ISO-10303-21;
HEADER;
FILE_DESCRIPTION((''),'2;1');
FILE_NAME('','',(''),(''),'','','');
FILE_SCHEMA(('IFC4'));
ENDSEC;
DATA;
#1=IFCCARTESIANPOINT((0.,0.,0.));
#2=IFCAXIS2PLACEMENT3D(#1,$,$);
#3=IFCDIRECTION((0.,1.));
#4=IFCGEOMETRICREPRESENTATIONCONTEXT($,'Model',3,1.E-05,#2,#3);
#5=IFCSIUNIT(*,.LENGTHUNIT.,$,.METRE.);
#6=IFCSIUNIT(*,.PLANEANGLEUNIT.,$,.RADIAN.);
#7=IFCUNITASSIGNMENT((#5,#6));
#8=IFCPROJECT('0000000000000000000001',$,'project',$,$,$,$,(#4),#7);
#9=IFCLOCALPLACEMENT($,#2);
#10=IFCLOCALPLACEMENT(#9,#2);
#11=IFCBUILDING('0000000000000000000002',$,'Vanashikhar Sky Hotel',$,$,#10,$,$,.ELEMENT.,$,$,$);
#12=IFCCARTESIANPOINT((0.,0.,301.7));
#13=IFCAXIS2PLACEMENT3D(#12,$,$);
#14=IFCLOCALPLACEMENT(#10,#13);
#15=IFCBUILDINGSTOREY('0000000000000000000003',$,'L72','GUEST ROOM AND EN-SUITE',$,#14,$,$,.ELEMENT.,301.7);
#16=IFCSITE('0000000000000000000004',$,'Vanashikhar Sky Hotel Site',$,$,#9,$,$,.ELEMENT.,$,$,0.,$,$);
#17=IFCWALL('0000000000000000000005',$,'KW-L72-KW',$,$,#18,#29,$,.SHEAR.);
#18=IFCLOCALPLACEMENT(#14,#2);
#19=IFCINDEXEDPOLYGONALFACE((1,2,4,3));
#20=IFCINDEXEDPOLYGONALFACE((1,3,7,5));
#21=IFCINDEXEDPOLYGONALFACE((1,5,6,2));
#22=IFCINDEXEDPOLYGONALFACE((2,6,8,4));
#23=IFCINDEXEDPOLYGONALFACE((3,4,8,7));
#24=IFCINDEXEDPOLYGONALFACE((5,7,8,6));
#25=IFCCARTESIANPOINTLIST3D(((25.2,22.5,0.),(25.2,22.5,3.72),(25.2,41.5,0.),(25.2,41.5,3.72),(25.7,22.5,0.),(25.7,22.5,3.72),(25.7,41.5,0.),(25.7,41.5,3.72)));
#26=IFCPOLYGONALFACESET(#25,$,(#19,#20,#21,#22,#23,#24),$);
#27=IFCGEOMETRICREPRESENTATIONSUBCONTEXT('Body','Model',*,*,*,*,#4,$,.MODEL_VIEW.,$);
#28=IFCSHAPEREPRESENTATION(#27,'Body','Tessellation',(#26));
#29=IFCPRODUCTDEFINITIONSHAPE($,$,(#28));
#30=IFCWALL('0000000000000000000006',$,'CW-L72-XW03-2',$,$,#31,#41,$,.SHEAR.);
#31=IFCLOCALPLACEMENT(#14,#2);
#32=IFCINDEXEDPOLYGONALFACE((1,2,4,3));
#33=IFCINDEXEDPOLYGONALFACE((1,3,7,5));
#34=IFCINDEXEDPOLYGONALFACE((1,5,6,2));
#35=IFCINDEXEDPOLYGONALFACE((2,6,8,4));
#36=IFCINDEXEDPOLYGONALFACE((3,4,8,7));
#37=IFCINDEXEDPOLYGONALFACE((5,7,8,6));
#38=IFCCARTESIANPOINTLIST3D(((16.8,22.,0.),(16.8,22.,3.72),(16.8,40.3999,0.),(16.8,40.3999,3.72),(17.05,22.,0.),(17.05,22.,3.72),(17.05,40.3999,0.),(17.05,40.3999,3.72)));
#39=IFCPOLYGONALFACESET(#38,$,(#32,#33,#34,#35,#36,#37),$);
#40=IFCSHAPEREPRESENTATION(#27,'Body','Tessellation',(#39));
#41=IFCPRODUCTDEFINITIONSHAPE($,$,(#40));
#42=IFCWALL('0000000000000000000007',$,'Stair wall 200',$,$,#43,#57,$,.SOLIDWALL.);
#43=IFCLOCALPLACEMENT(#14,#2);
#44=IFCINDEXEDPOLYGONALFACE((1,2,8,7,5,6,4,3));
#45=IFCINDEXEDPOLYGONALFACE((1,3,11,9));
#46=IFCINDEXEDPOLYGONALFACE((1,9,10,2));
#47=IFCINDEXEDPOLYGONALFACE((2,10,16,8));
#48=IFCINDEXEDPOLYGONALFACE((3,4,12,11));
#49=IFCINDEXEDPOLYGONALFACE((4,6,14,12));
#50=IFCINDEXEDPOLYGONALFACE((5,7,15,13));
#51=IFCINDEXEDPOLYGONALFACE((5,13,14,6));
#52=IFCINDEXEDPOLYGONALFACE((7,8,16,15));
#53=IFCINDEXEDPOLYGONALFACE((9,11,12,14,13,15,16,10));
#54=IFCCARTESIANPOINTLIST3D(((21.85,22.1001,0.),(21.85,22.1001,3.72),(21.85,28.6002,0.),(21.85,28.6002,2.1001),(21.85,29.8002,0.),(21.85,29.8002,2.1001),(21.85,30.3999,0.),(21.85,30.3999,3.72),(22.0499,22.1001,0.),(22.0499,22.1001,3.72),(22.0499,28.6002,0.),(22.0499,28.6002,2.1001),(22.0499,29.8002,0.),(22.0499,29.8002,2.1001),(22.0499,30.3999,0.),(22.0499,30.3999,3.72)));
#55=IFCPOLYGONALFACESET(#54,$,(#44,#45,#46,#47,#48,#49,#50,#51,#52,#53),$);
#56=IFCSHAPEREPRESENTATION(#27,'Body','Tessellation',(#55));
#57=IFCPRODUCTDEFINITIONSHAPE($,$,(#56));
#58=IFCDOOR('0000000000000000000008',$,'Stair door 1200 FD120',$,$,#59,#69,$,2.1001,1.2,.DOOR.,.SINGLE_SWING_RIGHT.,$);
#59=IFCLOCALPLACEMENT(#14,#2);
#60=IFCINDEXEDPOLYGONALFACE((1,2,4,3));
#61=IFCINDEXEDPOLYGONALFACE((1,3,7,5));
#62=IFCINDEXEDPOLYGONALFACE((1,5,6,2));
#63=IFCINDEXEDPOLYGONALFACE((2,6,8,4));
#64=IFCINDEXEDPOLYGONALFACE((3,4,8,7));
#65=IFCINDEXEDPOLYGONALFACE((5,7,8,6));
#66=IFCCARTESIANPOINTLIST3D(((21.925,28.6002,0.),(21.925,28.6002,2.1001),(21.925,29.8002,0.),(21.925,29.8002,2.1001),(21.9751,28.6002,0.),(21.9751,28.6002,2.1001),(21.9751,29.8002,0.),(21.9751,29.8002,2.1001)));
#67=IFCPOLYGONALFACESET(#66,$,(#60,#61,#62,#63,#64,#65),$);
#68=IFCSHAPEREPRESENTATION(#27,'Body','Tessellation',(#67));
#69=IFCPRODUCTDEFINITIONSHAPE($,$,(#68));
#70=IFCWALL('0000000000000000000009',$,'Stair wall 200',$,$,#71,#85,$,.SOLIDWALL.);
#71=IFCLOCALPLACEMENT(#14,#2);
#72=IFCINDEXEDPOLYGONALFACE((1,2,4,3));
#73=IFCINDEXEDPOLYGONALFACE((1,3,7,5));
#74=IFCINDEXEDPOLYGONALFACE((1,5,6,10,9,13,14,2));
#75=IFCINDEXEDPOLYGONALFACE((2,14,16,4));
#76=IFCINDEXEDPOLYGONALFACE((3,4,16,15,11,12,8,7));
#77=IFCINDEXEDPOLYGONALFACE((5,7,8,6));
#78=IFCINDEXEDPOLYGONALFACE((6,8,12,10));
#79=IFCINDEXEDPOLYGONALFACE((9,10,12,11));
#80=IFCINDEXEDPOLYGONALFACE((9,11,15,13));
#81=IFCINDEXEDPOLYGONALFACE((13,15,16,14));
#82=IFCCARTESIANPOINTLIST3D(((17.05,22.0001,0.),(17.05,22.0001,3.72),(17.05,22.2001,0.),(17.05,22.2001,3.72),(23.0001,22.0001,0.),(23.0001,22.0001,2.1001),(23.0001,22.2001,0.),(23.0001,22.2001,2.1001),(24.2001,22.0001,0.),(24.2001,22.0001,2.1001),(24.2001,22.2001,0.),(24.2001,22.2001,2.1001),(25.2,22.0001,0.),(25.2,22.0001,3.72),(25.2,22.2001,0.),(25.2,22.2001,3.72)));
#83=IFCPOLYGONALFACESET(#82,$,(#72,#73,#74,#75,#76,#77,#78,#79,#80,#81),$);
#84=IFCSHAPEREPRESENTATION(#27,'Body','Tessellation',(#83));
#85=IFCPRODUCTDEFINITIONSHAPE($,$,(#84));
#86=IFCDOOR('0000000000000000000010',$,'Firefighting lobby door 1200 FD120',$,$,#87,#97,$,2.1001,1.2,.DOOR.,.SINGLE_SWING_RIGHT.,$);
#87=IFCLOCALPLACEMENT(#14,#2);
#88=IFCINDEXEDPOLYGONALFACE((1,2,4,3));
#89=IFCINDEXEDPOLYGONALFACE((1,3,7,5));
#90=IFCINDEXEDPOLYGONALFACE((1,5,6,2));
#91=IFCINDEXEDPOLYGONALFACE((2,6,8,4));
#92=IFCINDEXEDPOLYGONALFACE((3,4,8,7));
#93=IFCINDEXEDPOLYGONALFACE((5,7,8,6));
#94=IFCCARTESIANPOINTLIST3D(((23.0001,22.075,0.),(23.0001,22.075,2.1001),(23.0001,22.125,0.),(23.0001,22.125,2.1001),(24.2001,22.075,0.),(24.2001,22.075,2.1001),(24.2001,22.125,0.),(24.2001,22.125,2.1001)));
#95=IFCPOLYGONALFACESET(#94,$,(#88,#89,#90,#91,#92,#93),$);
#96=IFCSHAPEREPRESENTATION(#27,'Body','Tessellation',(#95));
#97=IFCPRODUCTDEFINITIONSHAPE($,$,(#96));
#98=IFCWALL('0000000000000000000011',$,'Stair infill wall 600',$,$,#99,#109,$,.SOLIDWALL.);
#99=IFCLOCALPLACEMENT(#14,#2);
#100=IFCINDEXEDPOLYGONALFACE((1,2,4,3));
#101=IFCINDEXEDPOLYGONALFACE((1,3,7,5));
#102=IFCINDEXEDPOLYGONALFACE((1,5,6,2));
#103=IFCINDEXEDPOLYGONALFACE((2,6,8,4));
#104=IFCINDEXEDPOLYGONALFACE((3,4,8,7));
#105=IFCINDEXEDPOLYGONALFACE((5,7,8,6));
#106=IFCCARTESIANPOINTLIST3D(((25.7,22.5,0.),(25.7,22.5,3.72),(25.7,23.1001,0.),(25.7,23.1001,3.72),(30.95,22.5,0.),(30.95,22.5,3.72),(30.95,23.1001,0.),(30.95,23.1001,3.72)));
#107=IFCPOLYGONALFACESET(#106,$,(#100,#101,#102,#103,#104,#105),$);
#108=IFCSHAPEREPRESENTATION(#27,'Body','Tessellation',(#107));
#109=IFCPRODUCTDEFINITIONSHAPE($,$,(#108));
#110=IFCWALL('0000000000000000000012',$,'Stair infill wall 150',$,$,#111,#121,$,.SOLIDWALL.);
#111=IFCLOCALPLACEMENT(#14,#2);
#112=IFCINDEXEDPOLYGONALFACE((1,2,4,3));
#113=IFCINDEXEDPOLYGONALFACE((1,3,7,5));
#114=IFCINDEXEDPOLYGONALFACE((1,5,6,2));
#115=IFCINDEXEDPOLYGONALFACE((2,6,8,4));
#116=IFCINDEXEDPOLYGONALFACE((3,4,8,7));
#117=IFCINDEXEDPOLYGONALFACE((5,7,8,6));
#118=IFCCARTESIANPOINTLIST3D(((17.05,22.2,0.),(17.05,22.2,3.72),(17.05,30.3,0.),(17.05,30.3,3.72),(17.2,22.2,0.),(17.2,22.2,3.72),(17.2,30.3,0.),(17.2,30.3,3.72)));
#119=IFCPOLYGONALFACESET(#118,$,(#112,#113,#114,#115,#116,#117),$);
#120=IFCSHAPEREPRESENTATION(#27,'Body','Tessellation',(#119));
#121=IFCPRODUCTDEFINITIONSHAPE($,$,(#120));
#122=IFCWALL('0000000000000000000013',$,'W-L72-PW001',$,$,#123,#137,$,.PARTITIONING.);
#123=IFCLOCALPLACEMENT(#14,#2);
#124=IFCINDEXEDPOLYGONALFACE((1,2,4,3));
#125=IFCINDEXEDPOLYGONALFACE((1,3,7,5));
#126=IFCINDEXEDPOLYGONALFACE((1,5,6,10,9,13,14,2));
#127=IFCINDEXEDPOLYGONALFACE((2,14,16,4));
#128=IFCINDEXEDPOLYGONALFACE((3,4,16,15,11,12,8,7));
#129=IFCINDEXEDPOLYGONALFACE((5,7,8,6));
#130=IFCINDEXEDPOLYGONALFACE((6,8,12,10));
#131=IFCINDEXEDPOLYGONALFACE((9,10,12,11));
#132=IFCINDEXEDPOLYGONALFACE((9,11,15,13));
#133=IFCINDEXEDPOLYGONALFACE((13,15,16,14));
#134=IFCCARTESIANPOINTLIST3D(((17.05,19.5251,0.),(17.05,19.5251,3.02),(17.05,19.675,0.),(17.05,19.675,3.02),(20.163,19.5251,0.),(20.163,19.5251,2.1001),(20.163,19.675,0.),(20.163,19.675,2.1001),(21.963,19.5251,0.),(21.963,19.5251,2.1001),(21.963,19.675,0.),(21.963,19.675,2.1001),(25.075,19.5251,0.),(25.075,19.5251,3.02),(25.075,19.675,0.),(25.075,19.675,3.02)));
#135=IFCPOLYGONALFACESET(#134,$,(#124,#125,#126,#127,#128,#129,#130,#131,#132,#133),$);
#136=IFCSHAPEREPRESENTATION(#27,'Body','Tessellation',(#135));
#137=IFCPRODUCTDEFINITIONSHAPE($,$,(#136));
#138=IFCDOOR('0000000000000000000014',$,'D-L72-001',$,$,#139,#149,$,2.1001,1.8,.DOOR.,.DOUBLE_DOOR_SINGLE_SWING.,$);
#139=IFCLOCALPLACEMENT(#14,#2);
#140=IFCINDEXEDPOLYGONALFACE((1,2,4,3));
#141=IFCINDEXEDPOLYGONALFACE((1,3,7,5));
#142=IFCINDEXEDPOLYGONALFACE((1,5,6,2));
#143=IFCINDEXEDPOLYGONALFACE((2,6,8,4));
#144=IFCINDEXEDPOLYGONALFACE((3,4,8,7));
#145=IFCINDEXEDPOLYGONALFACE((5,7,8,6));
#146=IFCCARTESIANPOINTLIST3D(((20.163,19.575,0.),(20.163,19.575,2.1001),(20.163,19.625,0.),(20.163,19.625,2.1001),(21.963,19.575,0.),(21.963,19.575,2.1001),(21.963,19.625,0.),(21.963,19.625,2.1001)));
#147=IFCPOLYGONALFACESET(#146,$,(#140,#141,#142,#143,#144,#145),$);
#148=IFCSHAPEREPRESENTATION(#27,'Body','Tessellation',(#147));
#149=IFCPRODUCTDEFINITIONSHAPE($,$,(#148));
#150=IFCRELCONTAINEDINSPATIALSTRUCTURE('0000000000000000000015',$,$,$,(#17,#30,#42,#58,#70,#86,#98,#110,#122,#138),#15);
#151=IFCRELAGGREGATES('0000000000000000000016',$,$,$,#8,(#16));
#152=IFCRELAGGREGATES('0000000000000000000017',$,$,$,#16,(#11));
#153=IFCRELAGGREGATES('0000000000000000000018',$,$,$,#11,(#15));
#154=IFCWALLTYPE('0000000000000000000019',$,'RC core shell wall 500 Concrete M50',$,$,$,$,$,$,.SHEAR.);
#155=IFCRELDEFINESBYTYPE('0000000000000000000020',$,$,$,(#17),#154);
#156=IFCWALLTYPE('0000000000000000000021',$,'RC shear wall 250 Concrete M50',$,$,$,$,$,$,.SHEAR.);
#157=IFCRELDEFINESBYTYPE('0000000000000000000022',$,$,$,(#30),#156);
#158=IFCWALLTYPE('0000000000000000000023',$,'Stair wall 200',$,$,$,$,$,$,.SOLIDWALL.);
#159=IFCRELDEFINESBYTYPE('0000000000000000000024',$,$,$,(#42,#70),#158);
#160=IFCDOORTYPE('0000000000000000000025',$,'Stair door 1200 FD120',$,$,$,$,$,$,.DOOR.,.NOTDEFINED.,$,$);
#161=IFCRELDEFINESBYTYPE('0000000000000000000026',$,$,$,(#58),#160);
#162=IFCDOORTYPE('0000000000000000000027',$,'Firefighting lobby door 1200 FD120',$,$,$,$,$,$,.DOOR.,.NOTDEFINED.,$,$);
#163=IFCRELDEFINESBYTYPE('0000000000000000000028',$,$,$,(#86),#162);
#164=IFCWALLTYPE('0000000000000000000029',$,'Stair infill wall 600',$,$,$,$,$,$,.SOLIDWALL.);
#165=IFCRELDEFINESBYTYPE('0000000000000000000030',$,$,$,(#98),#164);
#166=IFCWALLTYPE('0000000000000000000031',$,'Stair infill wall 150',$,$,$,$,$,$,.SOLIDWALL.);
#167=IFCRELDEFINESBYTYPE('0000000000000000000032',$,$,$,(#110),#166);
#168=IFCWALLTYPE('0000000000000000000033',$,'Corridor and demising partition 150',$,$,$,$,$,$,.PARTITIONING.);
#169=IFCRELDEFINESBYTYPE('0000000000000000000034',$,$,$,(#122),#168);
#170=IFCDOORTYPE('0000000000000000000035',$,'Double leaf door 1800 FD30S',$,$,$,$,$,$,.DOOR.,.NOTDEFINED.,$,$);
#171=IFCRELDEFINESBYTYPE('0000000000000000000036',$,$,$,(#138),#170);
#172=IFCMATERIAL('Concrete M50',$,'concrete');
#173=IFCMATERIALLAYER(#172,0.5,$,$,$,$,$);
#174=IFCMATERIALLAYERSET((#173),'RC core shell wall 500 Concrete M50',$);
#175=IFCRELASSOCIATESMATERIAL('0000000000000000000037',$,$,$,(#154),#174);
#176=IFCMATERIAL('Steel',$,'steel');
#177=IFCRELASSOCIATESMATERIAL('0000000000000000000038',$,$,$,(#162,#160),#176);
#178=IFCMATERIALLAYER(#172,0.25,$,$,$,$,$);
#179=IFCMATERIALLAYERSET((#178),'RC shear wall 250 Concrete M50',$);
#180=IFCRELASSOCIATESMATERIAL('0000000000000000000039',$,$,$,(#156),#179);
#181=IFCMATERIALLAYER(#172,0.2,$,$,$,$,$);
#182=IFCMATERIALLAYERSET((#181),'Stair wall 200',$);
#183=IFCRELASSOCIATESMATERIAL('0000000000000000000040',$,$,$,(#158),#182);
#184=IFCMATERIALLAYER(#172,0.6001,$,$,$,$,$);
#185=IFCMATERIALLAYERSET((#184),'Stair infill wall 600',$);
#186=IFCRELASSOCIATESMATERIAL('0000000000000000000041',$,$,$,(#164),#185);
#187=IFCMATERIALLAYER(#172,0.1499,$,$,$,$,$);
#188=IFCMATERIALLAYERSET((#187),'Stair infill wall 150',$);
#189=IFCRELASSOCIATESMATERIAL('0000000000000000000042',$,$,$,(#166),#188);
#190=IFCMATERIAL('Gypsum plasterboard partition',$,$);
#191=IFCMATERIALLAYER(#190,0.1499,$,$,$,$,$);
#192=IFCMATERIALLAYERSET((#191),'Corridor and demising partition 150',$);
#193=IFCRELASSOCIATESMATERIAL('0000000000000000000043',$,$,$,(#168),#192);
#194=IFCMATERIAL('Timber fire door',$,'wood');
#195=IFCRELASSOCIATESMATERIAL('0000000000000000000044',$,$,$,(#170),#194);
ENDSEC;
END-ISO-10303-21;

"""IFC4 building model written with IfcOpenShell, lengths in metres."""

from ifc_helpers import new_model, si_unit, direction, frame, frame_2d, origin, place, context, subcontext, project, spatial, rectangle, extrude, source, transform, mapped, material, layer, layer_set, type_object, element, fill, save


model = new_model("IFC4")

# Units and contexts
model_context = context("Model", 3, precision=1e-05, world=origin(), true_north=direction((0.0, 1.0)))
body_context = subcontext(model_context, "Body", "Model", "MODEL_VIEW")
ifc_project = project(units=[si_unit("LENGTHUNIT", "METRE"), si_unit("PLANEANGLEUNIT", "RADIAN")], contexts=[model_context])

# Site, building, storey
site_placement = place(None, origin())
site = spatial("IfcSite", under=ifc_project, at=site_placement, Name="Vanashikhar Sky Hotel Site", CompositionType="ELEMENT", RefElevation=0.0)
building_placement = place(site_placement, origin())
building = spatial("IfcBuilding", under=site, at=building_placement, Name="Vanashikhar Sky Hotel", CompositionType="ELEMENT")
storey_placement = place(building_placement, frame((0.0, 0.0, 301.7)))
storey = spatial("IfcBuildingStorey", under=building, at=storey_placement, Name="L72", Description="GUEST ROOM AND EN-SUITE", CompositionType="ELEMENT", Elevation=301.7)

# Shared definitions
ifc_material_1 = material(Name="Concrete M50", Category="concrete")

# Shared definitions
ifc_layer_1 = layer(ifc_material_1, 0.5)
ifc_layer_set_1 = layer_set([ifc_layer_1], Name="RC core shell wall 500 Concrete M50")
wall_type_1 = type_object("IfcWallType", Name="RC core shell wall 500 Concrete M50", PredefinedType="SHEAR", material=ifc_layer_set_1)
ifc_material_2 = material(Name="Steel", Category="steel")
door_type_1 = type_object("IfcDoorType", Name="Firefighting lobby door 1200 FD120", OperationType="NOTDEFINED", PredefinedType="DOOR", material=ifc_material_2)

# Walls
shared_shape_1 = source(origin(), body_context, "Body", "SweptSolid", [
    extrude(rectangle(XDim=19.0, YDim=0.5, at=frame_2d((9.5, 0.0))), origin(), (0.0, 0.0, 1.0), 3.72),
])
wall_1_placement = place(storey_placement, frame((25.45, 22.5, 0.0), z_axis=(0.0, 0.0, 1.0), x_axis=(0.0, 1.0, 0.0)))
element("IfcWall", 1, at=wall_1_placement, inside=storey, type_object=wall_type_1, Name="KW-L72-KW", PredefinedType="SHEAR", context=body_context, shape_type="MappedRepresentation", body=[
    mapped(shared_shape_1, transform((0.0, 0.0, 0.0), scale=1.0)),
])
ifc_layer_2 = layer(ifc_material_1, 0.25)
ifc_layer_set_2 = layer_set([ifc_layer_2], Name="RC shear wall 250 Concrete M50")
wall_type_2 = type_object("IfcWallType", Name="RC shear wall 250 Concrete M50", PredefinedType="SHEAR", material=ifc_layer_set_2)
shared_shape_2 = source(origin(), body_context, "Body", "SweptSolid", [
    extrude(rectangle(XDim=18.3999, YDim=0.25, at=frame_2d((9.2, 0.0))), origin(), (0.0, 0.0, 1.0), 3.72),
])
wall_2_placement = place(storey_placement, frame((16.925, 22.0, 0.0), z_axis=(0.0, 0.0, 1.0), x_axis=(0.0, 1.0, 0.0)))
element("IfcWall", 2, at=wall_2_placement, inside=storey, type_object=wall_type_2, Name="CW-L72-XW03-2", PredefinedType="SHEAR", context=body_context, shape_type="MappedRepresentation", body=[
    mapped(shared_shape_2, transform((0.0, 0.0, 0.0), scale=1.0)),
])

# Walls, openings, doors
ifc_layer_3 = layer(ifc_material_1, 0.2)
ifc_layer_set_3 = layer_set([ifc_layer_3], Name="Stair wall 200")
wall_type_3 = type_object("IfcWallType", Name="Stair wall 200", PredefinedType="SOLIDWALL", material=ifc_layer_set_3)
shared_shape_3 = source(origin(), body_context, "Body", "SweptSolid", [
    extrude(rectangle(XDim=8.2998, YDim=0.2, at=frame_2d((4.1499, 0.0))), origin(), (0.0, 0.0, 1.0), 3.72),
])
wall_3_placement = place(storey_placement, frame((21.95, 22.1001, 0.0), z_axis=(0.0, 0.0, 1.0), x_axis=(0.0, 1.0, 0.0)))
wall_3 = element("IfcWall", 3, at=wall_3_placement, inside=storey, type_object=wall_type_3, Name="Stair wall 200", PredefinedType="SOLIDWALL", context=body_context, shape_type="MappedRepresentation", body=[
    mapped(shared_shape_3, transform((0.0, 0.0, 0.0), scale=1.0)),
])
shared_shape_4 = source(origin(), body_context, "Body", "SweptSolid", [
    extrude(rectangle(XDim=1.2, YDim=2.1001, at=frame_2d((0.6001, 1.05))), frame((0.0, 0.1099, 0.0), z_axis=(0.0, -1.0, 0.0), x_axis=(1.0, 0.0, 0.0)), (0.0, 0.0, 1.0), 0.22),
])
opening_1_placement = place(wall_3_placement, frame((6.5, 0.0, 0.0)))
opening_1 = element("IfcOpeningElement", 4, at=opening_1_placement, cuts=wall_3, PredefinedType="OPENING", context=body_context, shape_type="MappedRepresentation", body=[
    mapped(shared_shape_4, transform((0.0, 0.0, 0.0), scale=1.0)),
])
door_type_2 = type_object("IfcDoorType", Name="Stair door 1200 FD120", OperationType="NOTDEFINED", PredefinedType="DOOR", material=ifc_material_2)
shared_shape_5 = source(origin(), body_context, "Body", "SweptSolid", [
    extrude(rectangle(XDim=1.2, YDim=2.1001, at=frame_2d((0.6001, 1.05))), frame((0.0, 0.0249, 0.0), z_axis=(0.0, -1.0, 0.0), x_axis=(1.0, 0.0, 0.0)), (0.0, 0.0, 1.0), 0.05),
])
door_1_placement = place(opening_1_placement, origin())
door_1 = element("IfcDoor", 5, at=door_1_placement, inside=storey, type_object=door_type_2, Name="Stair door 1200 FD120", OperationType="SINGLE_SWING_RIGHT", OverallHeight=2.1001, OverallWidth=1.2, PredefinedType="DOOR", context=body_context, shape_type="MappedRepresentation", body=[
    mapped(shared_shape_5, transform((0.0, 0.0, 0.0), scale=1.0)),
])
fill(opening_1, door_1)
shared_shape_6 = source(origin(), body_context, "Body", "SweptSolid", [
    extrude(rectangle(XDim=8.1499, YDim=0.2, at=frame_2d((4.075, 0.0))), origin(), (0.0, 0.0, 1.0), 3.72),
])
wall_4_placement = place(storey_placement, frame((17.05, 22.1001, 0.0), z_axis=(0.0, 0.0, 1.0), x_axis=(1.0, 0.0, 0.0)))
wall_4 = element("IfcWall", 6, at=wall_4_placement, inside=storey, type_object=wall_type_3, Name="Stair wall 200", PredefinedType="SOLIDWALL", context=body_context, shape_type="MappedRepresentation", body=[
    mapped(shared_shape_6, transform((0.0, 0.0, 0.0), scale=1.0)),
])
opening_2_placement = place(wall_4_placement, frame((5.95, 0.0, 0.0)))
opening_2 = element("IfcOpeningElement", 7, at=opening_2_placement, cuts=wall_4, PredefinedType="OPENING", context=body_context, shape_type="MappedRepresentation", body=[
    mapped(shared_shape_4, transform((0.0, 0.0, 0.0), scale=1.0)),
])
door_2_placement = place(opening_2_placement, origin())
door_2 = element("IfcDoor", 8, at=door_2_placement, inside=storey, type_object=door_type_1, Name="Firefighting lobby door 1200 FD120", OperationType="SINGLE_SWING_RIGHT", OverallHeight=2.1001, OverallWidth=1.2, PredefinedType="DOOR", context=body_context, shape_type="MappedRepresentation", body=[
    mapped(shared_shape_5, transform((0.0, 0.0, 0.0), scale=1.0)),
])
fill(opening_2, door_2)

# Walls
ifc_layer_4 = layer(ifc_material_1, 0.6001)
ifc_layer_set_4 = layer_set([ifc_layer_4], Name="Stair infill wall 600")
wall_type_4 = type_object("IfcWallType", Name="Stair infill wall 600", PredefinedType="SOLIDWALL", material=ifc_layer_set_4)
shared_shape_7 = source(origin(), body_context, "Body", "SweptSolid", [
    extrude(rectangle(XDim=5.25, YDim=0.6001, at=frame_2d((2.625, 0.0))), origin(), (0.0, 0.0, 1.0), 3.72),
])
wall_5_placement = place(storey_placement, frame((25.7, 22.8, 0.0), z_axis=(0.0, 0.0, 1.0), x_axis=(1.0, 0.0, 0.0)))
element("IfcWall", 9, at=wall_5_placement, inside=storey, type_object=wall_type_4, Name="Stair infill wall 600", PredefinedType="SOLIDWALL", context=body_context, shape_type="MappedRepresentation", body=[
    mapped(shared_shape_7, transform((0.0, 0.0, 0.0), scale=1.0)),
])
ifc_layer_5 = layer(ifc_material_1, 0.1499)
ifc_layer_set_5 = layer_set([ifc_layer_5], Name="Stair infill wall 150")
wall_type_5 = type_object("IfcWallType", Name="Stair infill wall 150", PredefinedType="SOLIDWALL", material=ifc_layer_set_5)
shared_shape_8 = source(origin(), body_context, "Body", "SweptSolid", [
    extrude(rectangle(XDim=8.1001, YDim=0.1499, at=frame_2d((4.05, 0.0))), origin(), (0.0, 0.0, 1.0), 3.72),
])
wall_6_placement = place(storey_placement, frame((17.125, 22.2, 0.0), z_axis=(0.0, 0.0, 1.0), x_axis=(0.0, 1.0, 0.0)))
element("IfcWall", 10, at=wall_6_placement, inside=storey, type_object=wall_type_5, Name="Stair infill wall 150", PredefinedType="SOLIDWALL", context=body_context, shape_type="MappedRepresentation", body=[
    mapped(shared_shape_8, transform((0.0, 0.0, 0.0), scale=1.0)),
])

# Wall, opening, door
ifc_material_3 = material(Name="Gypsum plasterboard partition")
ifc_layer_6 = layer(ifc_material_3, 0.1499)
ifc_layer_set_6 = layer_set([ifc_layer_6], Name="Corridor and demising partition 150")
wall_type_6 = type_object("IfcWallType", Name="Corridor and demising partition 150", PredefinedType="PARTITIONING", material=ifc_layer_set_6)
shared_shape_9 = source(origin(), body_context, "Body", "SweptSolid", [
    extrude(rectangle(XDim=8.0249, YDim=0.1499, at=frame_2d((4.0125, 0.0))), origin(), (0.0, 0.0, 1.0), 3.02),
])
wall_7_placement = place(storey_placement, frame((17.05, 19.6001, 0.0), z_axis=(0.0, 0.0, 1.0), x_axis=(1.0, 0.0, 0.0)))
wall_7 = element("IfcWall", 11, at=wall_7_placement, inside=storey, type_object=wall_type_6, Name="W-L72-PW001", PredefinedType="PARTITIONING", context=body_context, shape_type="MappedRepresentation", body=[
    mapped(shared_shape_9, transform((0.0, 0.0, 0.0), scale=1.0)),
])
shared_shape_10 = source(origin(), body_context, "Body", "SweptSolid", [
    extrude(rectangle(XDim=1.8, YDim=2.1001, at=frame_2d((0.8999, 1.05))), frame((0.0, 0.085, 0.0), z_axis=(0.0, -1.0, 0.0), x_axis=(1.0, 0.0, 0.0)), (0.0, 0.0, 1.0), 0.1699),
])
opening_3_placement = place(wall_7_placement, frame((3.113, 0.0, 0.0)))
opening_3 = element("IfcOpeningElement", 12, at=opening_3_placement, cuts=wall_7, PredefinedType="OPENING", context=body_context, shape_type="MappedRepresentation", body=[
    mapped(shared_shape_10, transform((0.0, 0.0, 0.0), scale=1.0)),
])
ifc_material_4 = material(Name="Timber fire door", Category="wood")
door_type_3 = type_object("IfcDoorType", Name="Double leaf door 1800 FD30S", OperationType="NOTDEFINED", PredefinedType="DOOR", material=ifc_material_4)
shared_shape_11 = source(origin(), body_context, "Body", "SweptSolid", [
    extrude(rectangle(XDim=1.8, YDim=2.1001, at=frame_2d((0.8999, 1.05))), frame((0.0, 0.0249, 0.0), z_axis=(0.0, -1.0, 0.0), x_axis=(1.0, 0.0, 0.0)), (0.0, 0.0, 1.0), 0.05),
])
door_3_placement = place(opening_3_placement, origin())
door_3 = element("IfcDoor", 13, at=door_3_placement, inside=storey, type_object=door_type_3, Name="D-L72-001", OperationType="DOUBLE_DOOR_SINGLE_SWING", OverallHeight=2.1001, OverallWidth=1.8, PredefinedType="DOOR", context=body_context, shape_type="MappedRepresentation", body=[
    mapped(shared_shape_11, transform((0.0, 0.0, 0.0), scale=1.0)),
])
fill(opening_3, door_3)

save(model, "model.ifc")
